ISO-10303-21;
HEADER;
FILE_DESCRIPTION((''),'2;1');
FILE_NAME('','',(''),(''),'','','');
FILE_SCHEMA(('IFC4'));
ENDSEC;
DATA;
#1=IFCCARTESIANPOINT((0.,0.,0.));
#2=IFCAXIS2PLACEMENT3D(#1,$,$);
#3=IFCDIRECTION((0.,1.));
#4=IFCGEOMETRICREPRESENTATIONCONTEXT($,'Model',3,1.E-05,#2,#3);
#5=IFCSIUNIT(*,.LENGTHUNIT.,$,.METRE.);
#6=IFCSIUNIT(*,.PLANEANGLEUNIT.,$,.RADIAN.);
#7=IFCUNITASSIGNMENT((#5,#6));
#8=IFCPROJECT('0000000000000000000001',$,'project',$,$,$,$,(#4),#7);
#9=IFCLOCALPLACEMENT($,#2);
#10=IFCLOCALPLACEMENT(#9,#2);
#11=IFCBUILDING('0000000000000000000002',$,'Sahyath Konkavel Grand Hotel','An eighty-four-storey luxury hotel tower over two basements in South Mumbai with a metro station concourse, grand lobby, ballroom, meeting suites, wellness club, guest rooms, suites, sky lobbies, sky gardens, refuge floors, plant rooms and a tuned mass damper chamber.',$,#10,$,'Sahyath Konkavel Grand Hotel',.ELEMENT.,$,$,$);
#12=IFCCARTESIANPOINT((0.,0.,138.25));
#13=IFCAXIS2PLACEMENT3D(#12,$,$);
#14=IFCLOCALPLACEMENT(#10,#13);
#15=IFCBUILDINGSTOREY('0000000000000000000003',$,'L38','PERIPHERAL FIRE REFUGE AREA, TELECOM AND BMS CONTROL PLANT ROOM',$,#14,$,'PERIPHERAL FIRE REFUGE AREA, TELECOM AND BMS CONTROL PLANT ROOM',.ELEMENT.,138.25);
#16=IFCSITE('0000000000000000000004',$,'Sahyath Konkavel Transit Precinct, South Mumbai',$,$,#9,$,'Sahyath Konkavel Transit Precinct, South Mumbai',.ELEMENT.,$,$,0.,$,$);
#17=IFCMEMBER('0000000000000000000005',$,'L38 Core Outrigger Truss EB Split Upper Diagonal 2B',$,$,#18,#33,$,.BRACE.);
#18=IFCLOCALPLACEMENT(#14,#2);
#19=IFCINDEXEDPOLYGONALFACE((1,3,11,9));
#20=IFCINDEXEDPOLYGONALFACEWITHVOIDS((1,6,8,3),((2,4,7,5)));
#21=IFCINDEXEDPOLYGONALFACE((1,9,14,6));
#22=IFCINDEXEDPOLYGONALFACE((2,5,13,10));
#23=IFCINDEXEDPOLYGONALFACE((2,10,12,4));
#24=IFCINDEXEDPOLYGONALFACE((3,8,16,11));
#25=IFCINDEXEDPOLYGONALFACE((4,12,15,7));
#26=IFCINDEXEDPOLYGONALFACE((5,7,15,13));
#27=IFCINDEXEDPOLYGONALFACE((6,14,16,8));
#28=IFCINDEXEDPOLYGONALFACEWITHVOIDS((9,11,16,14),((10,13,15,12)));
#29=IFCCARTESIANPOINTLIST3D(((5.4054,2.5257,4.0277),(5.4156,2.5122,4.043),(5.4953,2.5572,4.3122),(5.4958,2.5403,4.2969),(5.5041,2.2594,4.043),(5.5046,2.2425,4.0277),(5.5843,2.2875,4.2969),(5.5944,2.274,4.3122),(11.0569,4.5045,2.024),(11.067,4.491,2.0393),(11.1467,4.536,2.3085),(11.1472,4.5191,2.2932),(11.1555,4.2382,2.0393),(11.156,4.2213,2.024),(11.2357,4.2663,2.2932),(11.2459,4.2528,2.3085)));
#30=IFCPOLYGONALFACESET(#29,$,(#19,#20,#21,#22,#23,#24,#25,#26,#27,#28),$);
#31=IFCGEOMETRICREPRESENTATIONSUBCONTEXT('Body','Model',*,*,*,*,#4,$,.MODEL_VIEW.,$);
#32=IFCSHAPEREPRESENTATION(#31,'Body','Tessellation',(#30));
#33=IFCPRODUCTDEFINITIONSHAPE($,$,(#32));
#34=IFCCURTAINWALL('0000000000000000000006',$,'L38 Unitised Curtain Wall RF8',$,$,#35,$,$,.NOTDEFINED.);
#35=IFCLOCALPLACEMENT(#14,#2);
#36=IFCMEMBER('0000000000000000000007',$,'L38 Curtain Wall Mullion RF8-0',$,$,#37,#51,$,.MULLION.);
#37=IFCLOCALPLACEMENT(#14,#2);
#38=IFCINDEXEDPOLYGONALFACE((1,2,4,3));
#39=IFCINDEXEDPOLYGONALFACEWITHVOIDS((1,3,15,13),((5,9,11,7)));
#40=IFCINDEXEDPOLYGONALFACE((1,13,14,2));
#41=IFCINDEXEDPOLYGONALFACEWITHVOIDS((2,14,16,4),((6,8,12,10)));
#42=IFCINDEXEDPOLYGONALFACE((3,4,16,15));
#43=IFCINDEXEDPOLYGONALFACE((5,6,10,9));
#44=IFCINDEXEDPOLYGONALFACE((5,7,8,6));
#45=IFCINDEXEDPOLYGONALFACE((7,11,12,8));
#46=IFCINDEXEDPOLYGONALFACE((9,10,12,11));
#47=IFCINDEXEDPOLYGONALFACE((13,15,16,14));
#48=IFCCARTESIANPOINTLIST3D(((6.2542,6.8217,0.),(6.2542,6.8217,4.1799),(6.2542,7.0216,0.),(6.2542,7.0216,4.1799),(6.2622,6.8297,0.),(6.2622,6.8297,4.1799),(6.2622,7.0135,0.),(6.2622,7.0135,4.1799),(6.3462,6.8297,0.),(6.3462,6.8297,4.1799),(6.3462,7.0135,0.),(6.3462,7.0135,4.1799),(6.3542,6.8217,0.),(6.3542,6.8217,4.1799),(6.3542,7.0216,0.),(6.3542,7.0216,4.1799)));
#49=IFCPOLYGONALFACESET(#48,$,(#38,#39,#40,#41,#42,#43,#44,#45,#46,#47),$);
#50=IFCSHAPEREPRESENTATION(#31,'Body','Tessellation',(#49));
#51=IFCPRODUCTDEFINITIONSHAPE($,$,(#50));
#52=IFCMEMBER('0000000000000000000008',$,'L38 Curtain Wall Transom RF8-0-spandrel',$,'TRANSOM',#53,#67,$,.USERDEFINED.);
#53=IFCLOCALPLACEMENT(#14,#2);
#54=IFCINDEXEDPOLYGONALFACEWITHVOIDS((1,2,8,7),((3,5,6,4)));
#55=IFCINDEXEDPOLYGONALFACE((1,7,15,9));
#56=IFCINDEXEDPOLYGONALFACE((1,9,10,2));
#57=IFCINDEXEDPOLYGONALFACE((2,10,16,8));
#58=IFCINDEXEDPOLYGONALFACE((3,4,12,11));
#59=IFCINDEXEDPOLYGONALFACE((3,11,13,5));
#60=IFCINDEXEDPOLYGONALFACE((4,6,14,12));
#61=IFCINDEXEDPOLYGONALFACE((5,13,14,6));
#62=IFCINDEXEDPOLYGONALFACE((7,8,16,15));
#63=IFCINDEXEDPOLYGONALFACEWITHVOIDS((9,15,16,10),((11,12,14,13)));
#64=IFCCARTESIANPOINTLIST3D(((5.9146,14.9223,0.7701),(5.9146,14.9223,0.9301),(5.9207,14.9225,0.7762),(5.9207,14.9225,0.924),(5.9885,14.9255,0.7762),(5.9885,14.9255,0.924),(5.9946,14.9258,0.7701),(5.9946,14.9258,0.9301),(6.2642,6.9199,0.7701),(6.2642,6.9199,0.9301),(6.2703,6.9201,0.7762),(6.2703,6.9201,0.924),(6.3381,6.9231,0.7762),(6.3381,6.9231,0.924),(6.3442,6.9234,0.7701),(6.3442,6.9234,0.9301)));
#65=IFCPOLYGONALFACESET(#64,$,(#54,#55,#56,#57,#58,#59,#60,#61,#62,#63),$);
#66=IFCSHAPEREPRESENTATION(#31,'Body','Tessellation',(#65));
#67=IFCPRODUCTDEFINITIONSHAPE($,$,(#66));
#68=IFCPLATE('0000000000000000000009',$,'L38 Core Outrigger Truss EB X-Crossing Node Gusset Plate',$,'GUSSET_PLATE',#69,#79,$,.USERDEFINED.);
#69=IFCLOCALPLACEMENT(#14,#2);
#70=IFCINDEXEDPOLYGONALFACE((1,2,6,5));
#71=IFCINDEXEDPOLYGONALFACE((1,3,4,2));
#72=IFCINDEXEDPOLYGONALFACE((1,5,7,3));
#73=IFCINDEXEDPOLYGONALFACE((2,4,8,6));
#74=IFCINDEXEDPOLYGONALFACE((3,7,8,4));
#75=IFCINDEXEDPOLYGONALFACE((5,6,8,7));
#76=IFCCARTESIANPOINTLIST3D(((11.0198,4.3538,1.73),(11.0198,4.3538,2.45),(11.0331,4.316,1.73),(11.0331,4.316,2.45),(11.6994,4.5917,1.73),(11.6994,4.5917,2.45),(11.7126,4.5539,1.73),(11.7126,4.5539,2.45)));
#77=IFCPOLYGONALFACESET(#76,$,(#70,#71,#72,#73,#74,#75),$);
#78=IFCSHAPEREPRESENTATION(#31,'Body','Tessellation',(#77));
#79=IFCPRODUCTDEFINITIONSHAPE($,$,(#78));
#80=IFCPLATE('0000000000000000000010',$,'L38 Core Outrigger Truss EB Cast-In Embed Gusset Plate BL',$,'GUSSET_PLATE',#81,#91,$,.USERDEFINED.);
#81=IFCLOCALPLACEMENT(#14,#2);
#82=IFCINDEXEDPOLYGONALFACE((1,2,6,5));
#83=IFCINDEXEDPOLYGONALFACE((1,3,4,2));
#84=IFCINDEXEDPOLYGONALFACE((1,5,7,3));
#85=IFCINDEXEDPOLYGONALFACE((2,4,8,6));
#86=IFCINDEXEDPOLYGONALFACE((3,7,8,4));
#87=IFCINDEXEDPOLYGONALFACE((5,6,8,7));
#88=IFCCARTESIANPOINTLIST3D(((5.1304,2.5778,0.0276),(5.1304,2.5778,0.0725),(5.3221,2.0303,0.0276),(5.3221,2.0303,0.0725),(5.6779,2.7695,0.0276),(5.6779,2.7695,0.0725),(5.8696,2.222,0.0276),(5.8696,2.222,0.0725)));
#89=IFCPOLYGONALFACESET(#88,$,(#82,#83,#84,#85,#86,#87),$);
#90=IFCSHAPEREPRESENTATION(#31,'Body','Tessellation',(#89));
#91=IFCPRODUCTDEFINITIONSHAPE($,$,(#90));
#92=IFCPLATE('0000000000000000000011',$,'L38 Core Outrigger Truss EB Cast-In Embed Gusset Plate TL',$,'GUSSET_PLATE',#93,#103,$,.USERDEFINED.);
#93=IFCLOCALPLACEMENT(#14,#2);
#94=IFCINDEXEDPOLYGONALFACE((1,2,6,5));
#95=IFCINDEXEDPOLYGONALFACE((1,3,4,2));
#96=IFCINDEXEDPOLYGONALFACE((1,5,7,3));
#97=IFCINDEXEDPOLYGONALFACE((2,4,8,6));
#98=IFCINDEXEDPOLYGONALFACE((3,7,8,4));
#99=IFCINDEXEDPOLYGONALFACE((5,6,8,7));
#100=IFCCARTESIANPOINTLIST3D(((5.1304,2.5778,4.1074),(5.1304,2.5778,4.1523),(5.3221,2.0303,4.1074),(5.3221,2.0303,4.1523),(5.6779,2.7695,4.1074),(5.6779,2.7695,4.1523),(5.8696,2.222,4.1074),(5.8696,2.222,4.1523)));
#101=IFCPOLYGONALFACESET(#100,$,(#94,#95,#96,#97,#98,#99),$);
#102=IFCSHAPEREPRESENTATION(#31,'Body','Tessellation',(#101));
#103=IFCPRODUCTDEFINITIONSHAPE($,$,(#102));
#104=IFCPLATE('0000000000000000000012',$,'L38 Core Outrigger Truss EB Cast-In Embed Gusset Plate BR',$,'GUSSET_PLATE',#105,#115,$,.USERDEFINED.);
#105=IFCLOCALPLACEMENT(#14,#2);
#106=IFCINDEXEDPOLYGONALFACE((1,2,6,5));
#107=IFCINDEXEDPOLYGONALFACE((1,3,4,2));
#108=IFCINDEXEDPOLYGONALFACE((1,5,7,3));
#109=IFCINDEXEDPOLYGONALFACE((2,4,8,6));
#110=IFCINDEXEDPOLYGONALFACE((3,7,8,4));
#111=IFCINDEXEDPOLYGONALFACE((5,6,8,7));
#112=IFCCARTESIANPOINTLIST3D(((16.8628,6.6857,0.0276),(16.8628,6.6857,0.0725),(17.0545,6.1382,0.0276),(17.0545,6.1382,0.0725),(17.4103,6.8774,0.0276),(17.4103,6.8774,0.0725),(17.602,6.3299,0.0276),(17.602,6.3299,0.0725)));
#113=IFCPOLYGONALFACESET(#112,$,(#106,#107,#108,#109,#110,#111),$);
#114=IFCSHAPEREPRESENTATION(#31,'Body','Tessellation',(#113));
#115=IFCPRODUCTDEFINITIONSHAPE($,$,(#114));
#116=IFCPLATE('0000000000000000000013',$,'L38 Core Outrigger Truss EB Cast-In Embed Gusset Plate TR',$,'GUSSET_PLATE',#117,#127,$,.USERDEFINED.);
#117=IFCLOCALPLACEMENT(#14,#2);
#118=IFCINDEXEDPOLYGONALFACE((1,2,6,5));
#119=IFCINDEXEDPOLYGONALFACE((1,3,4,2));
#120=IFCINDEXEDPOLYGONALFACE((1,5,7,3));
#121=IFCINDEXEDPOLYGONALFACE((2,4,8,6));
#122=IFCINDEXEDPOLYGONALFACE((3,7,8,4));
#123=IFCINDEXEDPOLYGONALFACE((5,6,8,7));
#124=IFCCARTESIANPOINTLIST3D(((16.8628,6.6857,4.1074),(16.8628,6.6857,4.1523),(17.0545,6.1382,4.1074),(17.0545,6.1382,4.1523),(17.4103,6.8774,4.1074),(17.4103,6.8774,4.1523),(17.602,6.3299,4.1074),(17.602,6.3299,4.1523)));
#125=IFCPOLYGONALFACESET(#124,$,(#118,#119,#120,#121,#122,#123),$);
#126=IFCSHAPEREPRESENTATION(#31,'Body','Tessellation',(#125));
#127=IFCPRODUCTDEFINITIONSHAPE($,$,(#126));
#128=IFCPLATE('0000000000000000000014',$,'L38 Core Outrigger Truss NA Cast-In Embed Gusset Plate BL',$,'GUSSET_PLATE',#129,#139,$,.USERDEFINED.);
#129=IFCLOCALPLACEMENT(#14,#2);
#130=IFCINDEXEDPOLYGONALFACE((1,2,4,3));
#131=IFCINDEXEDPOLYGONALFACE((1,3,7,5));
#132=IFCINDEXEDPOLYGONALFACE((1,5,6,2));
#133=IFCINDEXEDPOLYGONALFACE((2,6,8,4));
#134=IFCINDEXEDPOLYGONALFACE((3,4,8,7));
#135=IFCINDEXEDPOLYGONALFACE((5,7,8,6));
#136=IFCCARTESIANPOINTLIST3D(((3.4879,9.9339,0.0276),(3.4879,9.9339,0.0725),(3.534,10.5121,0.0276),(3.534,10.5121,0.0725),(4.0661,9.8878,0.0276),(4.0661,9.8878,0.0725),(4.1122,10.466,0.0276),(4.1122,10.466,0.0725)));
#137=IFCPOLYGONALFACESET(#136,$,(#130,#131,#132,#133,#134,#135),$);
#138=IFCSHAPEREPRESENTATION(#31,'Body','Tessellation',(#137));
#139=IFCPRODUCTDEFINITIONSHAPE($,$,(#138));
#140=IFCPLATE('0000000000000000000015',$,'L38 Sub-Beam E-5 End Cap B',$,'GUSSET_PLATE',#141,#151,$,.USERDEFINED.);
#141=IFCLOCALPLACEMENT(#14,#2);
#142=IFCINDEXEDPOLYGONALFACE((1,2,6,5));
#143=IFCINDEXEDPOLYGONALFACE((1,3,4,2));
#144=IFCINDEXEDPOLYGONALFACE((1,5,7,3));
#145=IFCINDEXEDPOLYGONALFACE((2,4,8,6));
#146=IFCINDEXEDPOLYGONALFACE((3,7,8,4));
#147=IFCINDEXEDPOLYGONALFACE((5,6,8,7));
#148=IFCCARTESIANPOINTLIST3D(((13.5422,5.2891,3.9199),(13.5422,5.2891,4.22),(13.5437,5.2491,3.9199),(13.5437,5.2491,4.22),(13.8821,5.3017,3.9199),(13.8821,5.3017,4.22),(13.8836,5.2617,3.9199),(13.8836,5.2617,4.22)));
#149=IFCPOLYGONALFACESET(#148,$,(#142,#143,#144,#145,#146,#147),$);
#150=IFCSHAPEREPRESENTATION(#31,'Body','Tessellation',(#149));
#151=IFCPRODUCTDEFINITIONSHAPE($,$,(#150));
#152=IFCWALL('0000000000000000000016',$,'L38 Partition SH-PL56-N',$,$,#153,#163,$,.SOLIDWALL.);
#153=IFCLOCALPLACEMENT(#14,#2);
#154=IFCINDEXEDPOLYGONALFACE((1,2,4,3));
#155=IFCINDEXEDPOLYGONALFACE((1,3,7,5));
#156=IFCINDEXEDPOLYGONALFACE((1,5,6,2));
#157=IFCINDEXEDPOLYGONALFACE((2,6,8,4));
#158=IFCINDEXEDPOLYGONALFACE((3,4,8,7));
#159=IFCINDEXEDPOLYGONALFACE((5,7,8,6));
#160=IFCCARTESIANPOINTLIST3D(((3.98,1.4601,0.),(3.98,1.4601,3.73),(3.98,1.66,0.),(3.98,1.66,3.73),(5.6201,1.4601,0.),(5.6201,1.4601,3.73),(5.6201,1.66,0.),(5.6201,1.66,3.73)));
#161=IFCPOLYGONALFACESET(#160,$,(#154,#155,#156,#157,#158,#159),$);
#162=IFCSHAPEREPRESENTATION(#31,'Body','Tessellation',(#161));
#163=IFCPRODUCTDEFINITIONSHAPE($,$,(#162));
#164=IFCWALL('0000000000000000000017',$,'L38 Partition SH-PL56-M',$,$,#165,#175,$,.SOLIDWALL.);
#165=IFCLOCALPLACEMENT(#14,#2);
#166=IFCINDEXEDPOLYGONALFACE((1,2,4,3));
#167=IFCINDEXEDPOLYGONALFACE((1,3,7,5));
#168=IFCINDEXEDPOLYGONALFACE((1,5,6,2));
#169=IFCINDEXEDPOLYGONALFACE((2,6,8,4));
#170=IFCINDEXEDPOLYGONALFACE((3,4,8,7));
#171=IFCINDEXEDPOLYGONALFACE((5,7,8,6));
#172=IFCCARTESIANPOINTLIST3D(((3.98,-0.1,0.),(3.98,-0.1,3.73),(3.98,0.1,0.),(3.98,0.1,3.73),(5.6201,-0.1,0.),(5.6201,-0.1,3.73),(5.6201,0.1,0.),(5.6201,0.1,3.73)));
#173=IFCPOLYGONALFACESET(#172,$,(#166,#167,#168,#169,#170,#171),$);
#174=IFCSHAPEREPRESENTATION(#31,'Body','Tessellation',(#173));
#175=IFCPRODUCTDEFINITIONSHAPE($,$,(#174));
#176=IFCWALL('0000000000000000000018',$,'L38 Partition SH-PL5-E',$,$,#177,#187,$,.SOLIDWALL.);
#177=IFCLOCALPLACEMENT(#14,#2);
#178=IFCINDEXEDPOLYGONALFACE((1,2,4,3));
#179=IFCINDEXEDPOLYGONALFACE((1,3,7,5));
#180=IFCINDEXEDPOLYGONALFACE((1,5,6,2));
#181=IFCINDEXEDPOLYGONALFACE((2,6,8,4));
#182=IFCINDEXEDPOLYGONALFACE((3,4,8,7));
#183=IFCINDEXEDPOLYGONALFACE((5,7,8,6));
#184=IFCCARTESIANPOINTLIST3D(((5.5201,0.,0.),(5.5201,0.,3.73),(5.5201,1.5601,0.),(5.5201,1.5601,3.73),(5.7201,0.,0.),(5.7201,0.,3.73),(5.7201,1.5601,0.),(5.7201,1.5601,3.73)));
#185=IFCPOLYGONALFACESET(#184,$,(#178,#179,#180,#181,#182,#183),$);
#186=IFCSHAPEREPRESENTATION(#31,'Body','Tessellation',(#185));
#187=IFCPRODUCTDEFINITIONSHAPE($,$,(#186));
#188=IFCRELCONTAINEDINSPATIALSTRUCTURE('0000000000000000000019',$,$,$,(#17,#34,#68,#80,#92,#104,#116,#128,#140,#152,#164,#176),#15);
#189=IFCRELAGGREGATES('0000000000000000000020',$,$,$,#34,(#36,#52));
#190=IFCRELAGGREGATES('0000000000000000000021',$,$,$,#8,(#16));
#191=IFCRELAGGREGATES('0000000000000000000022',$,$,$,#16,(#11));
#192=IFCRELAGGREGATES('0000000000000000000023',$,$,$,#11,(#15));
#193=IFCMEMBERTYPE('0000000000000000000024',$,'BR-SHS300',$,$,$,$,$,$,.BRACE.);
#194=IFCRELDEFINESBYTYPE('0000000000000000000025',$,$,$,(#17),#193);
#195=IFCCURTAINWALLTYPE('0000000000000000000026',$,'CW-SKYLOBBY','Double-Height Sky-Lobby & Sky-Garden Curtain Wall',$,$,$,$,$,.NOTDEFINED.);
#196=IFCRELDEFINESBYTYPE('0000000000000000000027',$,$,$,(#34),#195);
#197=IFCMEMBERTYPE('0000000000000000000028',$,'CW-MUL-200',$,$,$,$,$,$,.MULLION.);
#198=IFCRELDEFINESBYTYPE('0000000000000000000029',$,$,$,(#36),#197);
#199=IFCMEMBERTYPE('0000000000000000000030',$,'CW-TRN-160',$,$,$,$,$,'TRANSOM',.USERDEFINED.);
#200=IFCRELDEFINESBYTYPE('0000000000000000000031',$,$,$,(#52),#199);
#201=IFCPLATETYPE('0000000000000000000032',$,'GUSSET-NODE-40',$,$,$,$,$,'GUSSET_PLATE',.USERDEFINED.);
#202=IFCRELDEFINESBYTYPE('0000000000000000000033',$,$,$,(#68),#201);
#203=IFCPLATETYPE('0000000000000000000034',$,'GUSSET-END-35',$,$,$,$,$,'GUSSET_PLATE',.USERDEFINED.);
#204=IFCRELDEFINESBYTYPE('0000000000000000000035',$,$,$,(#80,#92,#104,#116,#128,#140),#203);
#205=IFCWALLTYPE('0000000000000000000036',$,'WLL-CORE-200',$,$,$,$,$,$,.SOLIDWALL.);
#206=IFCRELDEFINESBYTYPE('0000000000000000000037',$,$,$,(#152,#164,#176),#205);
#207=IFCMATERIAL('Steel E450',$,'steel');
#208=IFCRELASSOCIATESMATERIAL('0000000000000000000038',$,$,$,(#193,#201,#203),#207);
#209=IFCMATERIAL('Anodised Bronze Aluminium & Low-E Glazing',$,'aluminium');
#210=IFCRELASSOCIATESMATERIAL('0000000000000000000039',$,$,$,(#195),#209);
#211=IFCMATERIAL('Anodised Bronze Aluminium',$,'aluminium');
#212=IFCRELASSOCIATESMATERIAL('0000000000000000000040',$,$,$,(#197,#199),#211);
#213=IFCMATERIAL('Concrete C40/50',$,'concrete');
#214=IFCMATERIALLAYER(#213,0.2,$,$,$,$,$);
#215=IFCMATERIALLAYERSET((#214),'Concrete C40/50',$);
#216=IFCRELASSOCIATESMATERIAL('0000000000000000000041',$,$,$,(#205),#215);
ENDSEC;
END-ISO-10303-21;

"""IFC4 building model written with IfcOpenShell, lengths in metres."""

from ifc_helpers import new_model, si_unit, direction, frame, frame_2d, origin, origin_2d, place, context, subcontext, project, spatial, rectangle, hollow_rectangle, extrude, source, transform, mapped, material, layer, layer_set, material_profile, profile_set, type_object, element, aggregate, save


model = new_model("IFC4")

# Units and contexts
model_context = context("Model", 3, precision=1e-05, world=origin(), true_north=direction((0.0, 1.0)))
body_context = subcontext(model_context, "Body", "Model", "MODEL_VIEW")
ifc_project = project(units=[si_unit("LENGTHUNIT", "METRE"), si_unit("PLANEANGLEUNIT", "RADIAN")], contexts=[model_context])

# Site, building, storey
site_placement = place(None, origin())
site = spatial("IfcSite", under=ifc_project, at=site_placement, Name="Sahyath Konkavel Transit Precinct, South Mumbai", LongName="Sahyath Konkavel Transit Precinct, South Mumbai", CompositionType="ELEMENT", RefElevation=0.0)
building_placement = place(site_placement, origin())
building = spatial("IfcBuilding", under=site, at=building_placement, Name="Sahyath Konkavel Grand Hotel", Description="An eighty-four-storey luxury hotel tower over two basements in South Mumbai with a metro station concourse, grand lobby, ballroom, meeting suites, wellness club, guest rooms, suites, sky lobbies, sky gardens, refuge floors, plant rooms and a tuned mass damper chamber.", LongName="Sahyath Konkavel Grand Hotel", CompositionType="ELEMENT")
storey_placement = place(building_placement, frame((0.0, 0.0, 138.25)))
storey = spatial("IfcBuildingStorey", under=building, at=storey_placement, Name="L38", Description="PERIPHERAL FIRE REFUGE AREA, TELECOM AND BMS CONTROL PLANT ROOM", LongName="PERIPHERAL FIRE REFUGE AREA, TELECOM AND BMS CONTROL PLANT ROOM", CompositionType="ELEMENT", Elevation=138.25)

# Shared definitions
ifc_material_1 = material(Name="Steel E450", Category="steel")

# Member
ifc_material_profile_1 = material_profile(ifc_material_1, hollow_rectangle(XDim=0.3, YDim=0.3, WallThickness=0.0161, at=origin_2d()), Name="SHS 300x300x16")
ifc_profile_set_1 = profile_set([ifc_material_profile_1], Name="Steel E450")
member_type_1 = type_object("IfcMemberType", Name="BR-SHS300", PredefinedType="BRACE", material=ifc_profile_set_1)
shared_shape_1 = source(origin(), body_context, "Body", "SweptSolid", [
    extrude(hollow_rectangle(XDim=0.3, YDim=0.3, WallThickness=0.0161, at=origin_2d()), origin(), (0.0, 0.0, 1.0), 6.3142),
])
for number, where, z_axis, x_axis, name in (
    (1, (11.1514, 4.3787, 2.1663), (-0.895036, -0.313387, 0.31733), (0.330467, -0.943818, 0.0), "L38 Core Outrigger Truss EB Split Upper Diagonal 2B"),
):
    element("IfcMember", number, at=place(storey_placement, frame(where, z_axis=z_axis, x_axis=x_axis)), inside=storey, type_object=member_type_1, Name=name, PredefinedType="BRACE", context=body_context, shape_type="MappedRepresentation", body=[
        mapped(shared_shape_1, transform((0.0, 0.0, 0.0), scale=1.0)),
    ])

# Curtain wall, members
ifc_material_2 = material(Name="Anodised Bronze Aluminium & Low-E Glazing", Category="aluminium")
curtain_wall_type = type_object("IfcCurtainWallType", Name="CW-SKYLOBBY", Description="Double-Height Sky-Lobby & Sky-Garden Curtain Wall", PredefinedType="NOTDEFINED", material=ifc_material_2)
curtain_wall_placement = place(storey_placement, origin())
curtain_wall = element("IfcCurtainWall", 2, at=curtain_wall_placement, inside=storey, type_object=curtain_wall_type, Name="L38 Unitised Curtain Wall RF8", PredefinedType="NOTDEFINED")
ifc_material_3 = material(Name="Anodised Bronze Aluminium", Category="aluminium")
ifc_material_profile_2 = material_profile(ifc_material_3, hollow_rectangle(XDim=0.1001, YDim=0.2, WallThickness=0.0081, at=origin_2d()), Name="RHS 200x100x8")
ifc_profile_set_2 = profile_set([ifc_material_profile_2], Name="Anodised Bronze Aluminium")
member_type_2 = type_object("IfcMemberType", Name="CW-MUL-200", PredefinedType="MULLION", material=ifc_profile_set_2)
shared_shape_2 = source(origin(), body_context, "Body", "SweptSolid", [
    extrude(hollow_rectangle(XDim=0.1001, YDim=0.2, WallThickness=0.0081, at=origin_2d()), origin(), (0.0, 0.0, 1.0), 4.1799),
])
member_1_placement = place(storey_placement, frame((6.3042, 6.9216, 0.0), z_axis=(0.0, 0.0, 1.0), x_axis=(1.0, 0.0, 0.0)))
member_1 = element("IfcMember", 3, at=member_1_placement, type_object=member_type_2, Name="L38 Curtain Wall Mullion RF8-0", PredefinedType="MULLION", context=body_context, shape_type="MappedRepresentation", body=[
    mapped(shared_shape_2, transform((0.0, 0.0, 0.0), scale=1.0)),
])
ifc_material_profile_3 = material_profile(ifc_material_3, hollow_rectangle(XDim=0.0801, YDim=0.1599, WallThickness=0.0061, at=origin_2d()), Name="RHS 160x80x6")
ifc_profile_set_3 = profile_set([ifc_material_profile_3], Name="Anodised Bronze Aluminium")
member_type_3 = type_object("IfcMemberType", Name="CW-TRN-160", ElementType="TRANSOM", PredefinedType="USERDEFINED", material=ifc_profile_set_3)
shared_shape_3 = source(origin(), body_context, "Body", "SweptSolid", [
    extrude(hollow_rectangle(XDim=0.0801, YDim=0.1599, WallThickness=0.0061, at=origin_2d()), origin(), (0.0, 0.0, 1.0), 8.01),
])
member_2_placement = place(storey_placement, frame((6.3042, 6.9216, 0.8501), z_axis=(-0.043646, 0.999047, 0.0), x_axis=(-0.999047, -0.043646, 0.0)))
member_2 = element("IfcMember", 4, at=member_2_placement, type_object=member_type_3, Name="L38 Curtain Wall Transom RF8-0-spandrel", ObjectType="TRANSOM", PredefinedType="USERDEFINED", context=body_context, shape_type="MappedRepresentation", body=[
    mapped(shared_shape_3, transform((0.0, 0.0, 0.0), scale=1.0)),
])
aggregate(curtain_wall, [member_1, member_2])

# Plates
plate_type_1 = type_object("IfcPlateType", Name="GUSSET-NODE-40", ElementType="GUSSET_PLATE", PredefinedType="USERDEFINED", material=ifc_material_1)
shared_shape_4 = source(origin(), body_context, "Body", "SweptSolid", [
    extrude(rectangle(XDim=0.72, YDim=0.04, at=origin_2d()), origin(), (0.0, 0.0, 1.0), 0.72),
])
plate_1_placement = place(storey_placement, frame((11.3662, 4.4539, 1.73), z_axis=(0.0, 0.0, 1.0), x_axis=(0.943818, 0.330465, 0.0)))
element("IfcPlate", 5, at=plate_1_placement, inside=storey, type_object=plate_type_1, Name="L38 Core Outrigger Truss EB X-Crossing Node Gusset Plate", ObjectType="GUSSET_PLATE", PredefinedType="USERDEFINED", context=body_context, shape_type="MappedRepresentation", body=[
    mapped(shared_shape_4, transform((0.0, 0.0, 0.0), scale=1.0)),
])
plate_type_2 = type_object("IfcPlateType", Name="GUSSET-END-35", ElementType="GUSSET_PLATE", PredefinedType="USERDEFINED", material=ifc_material_1)
shared_shape_5 = source(origin(), body_context, "Body", "SweptSolid", [
    extrude(rectangle(XDim=0.5801, YDim=0.5801, at=origin_2d()), origin(), (0.0, 0.0, 1.0), 0.0449),
])
for number, where, z_axis, x_axis, name in (
    (6, (5.5, 2.3999, 0.0276), (0.0, 0.0, 1.0), (0.943818, 0.330465, 0.0), "L38 Core Outrigger Truss EB Cast-In Embed Gusset Plate BL"),
    (7, (5.5, 2.3999, 4.1074), (0.0, 0.0, 1.0), (0.943818, 0.330465, 0.0), "L38 Core Outrigger Truss EB Cast-In Embed Gusset Plate TL"),
    (8, (17.2324, 6.5078, 0.0276), (0.0, 0.0, 1.0), (0.943818, 0.330465, 0.0), "L38 Core Outrigger Truss EB Cast-In Embed Gusset Plate BR"),
    (9, (17.2324, 6.5078, 4.1074), (0.0, 0.0, 1.0), (0.943818, 0.330465, 0.0), "L38 Core Outrigger Truss EB Cast-In Embed Gusset Plate TR"),
    (10, (3.8, 10.2, 0.0276), (0.0, 0.0, 1.0), (0.079573, 0.996829, 0.0), "L38 Core Outrigger Truss NA Cast-In Embed Gusset Plate BL"),
):
    element("IfcPlate", number, at=place(storey_placement, frame(where, z_axis=z_axis, x_axis=x_axis)), inside=storey, type_object=plate_type_2, Name=name, ObjectType="GUSSET_PLATE", PredefinedType="USERDEFINED", context=body_context, shape_type="MappedRepresentation", body=[
        mapped(shared_shape_5, transform((0.0, 0.0, 0.0), scale=1.0)),
    ])
shared_shape_6 = source(origin(), body_context, "Body", "SweptSolid", [
    extrude(rectangle(XDim=0.04, YDim=0.3401, at=origin_2d()), origin(), (0.0, 0.0, 1.0), 0.3),
])
plate_2_placement = place(storey_placement, frame((13.7129, 5.2754, 3.9199), z_axis=(0.0, 0.0, 1.0), x_axis=(-0.03701, 0.999315, 0.0)))
element("IfcPlate", 11, at=plate_2_placement, inside=storey, type_object=plate_type_2, Name="L38 Sub-Beam E-5 End Cap B", ObjectType="GUSSET_PLATE", PredefinedType="USERDEFINED", context=body_context, shape_type="MappedRepresentation", body=[
    mapped(shared_shape_6, transform((0.0, 0.0, 0.0), scale=1.0)),
])

# Walls
ifc_material_4 = material(Name="Concrete C40/50", Category="concrete")
ifc_layer = layer(ifc_material_4, 0.2)
ifc_layer_set = layer_set([ifc_layer], Name="Concrete C40/50")
wall_type = type_object("IfcWallType", Name="WLL-CORE-200", PredefinedType="SOLIDWALL", material=ifc_layer_set)
for number, where, z_axis, x_axis, name in (
    (12, (3.98, 1.5601, 0.0), (0.0, 0.0, 1.0), (1.0, 0.0, 0.0), "L38 Partition SH-PL56-N"),
    (13, (3.98, 0.0, 0.0), (0.0, 0.0, 1.0), (1.0, 0.0, 0.0), "L38 Partition SH-PL56-M"),
):
    element("IfcWall", number, at=place(storey_placement, frame(where, z_axis=z_axis, x_axis=x_axis)), inside=storey, type_object=wall_type, Name=name, PredefinedType="SOLIDWALL", context=body_context, shape_type="SweptSolid", body=[
        extrude(rectangle(XDim=1.6401, YDim=0.2, at=frame_2d((0.8201, 0.0))), origin(), (0.0, 0.0, 1.0), 3.73),
    ])
wall_1_placement = place(storey_placement, frame((5.6201, 0.0, 0.0), z_axis=(0.0, 0.0, 1.0), x_axis=(0.0, 1.0, 0.0)))
element("IfcWall", 14, at=wall_1_placement, inside=storey, type_object=wall_type, Name="L38 Partition SH-PL5-E", PredefinedType="SOLIDWALL", context=body_context, shape_type="SweptSolid", body=[
    extrude(rectangle(XDim=1.5601, YDim=0.2, at=frame_2d((0.78, 0.0))), origin(), (0.0, 0.0, 1.0), 3.73),
])

save(model, "model.ifc")
